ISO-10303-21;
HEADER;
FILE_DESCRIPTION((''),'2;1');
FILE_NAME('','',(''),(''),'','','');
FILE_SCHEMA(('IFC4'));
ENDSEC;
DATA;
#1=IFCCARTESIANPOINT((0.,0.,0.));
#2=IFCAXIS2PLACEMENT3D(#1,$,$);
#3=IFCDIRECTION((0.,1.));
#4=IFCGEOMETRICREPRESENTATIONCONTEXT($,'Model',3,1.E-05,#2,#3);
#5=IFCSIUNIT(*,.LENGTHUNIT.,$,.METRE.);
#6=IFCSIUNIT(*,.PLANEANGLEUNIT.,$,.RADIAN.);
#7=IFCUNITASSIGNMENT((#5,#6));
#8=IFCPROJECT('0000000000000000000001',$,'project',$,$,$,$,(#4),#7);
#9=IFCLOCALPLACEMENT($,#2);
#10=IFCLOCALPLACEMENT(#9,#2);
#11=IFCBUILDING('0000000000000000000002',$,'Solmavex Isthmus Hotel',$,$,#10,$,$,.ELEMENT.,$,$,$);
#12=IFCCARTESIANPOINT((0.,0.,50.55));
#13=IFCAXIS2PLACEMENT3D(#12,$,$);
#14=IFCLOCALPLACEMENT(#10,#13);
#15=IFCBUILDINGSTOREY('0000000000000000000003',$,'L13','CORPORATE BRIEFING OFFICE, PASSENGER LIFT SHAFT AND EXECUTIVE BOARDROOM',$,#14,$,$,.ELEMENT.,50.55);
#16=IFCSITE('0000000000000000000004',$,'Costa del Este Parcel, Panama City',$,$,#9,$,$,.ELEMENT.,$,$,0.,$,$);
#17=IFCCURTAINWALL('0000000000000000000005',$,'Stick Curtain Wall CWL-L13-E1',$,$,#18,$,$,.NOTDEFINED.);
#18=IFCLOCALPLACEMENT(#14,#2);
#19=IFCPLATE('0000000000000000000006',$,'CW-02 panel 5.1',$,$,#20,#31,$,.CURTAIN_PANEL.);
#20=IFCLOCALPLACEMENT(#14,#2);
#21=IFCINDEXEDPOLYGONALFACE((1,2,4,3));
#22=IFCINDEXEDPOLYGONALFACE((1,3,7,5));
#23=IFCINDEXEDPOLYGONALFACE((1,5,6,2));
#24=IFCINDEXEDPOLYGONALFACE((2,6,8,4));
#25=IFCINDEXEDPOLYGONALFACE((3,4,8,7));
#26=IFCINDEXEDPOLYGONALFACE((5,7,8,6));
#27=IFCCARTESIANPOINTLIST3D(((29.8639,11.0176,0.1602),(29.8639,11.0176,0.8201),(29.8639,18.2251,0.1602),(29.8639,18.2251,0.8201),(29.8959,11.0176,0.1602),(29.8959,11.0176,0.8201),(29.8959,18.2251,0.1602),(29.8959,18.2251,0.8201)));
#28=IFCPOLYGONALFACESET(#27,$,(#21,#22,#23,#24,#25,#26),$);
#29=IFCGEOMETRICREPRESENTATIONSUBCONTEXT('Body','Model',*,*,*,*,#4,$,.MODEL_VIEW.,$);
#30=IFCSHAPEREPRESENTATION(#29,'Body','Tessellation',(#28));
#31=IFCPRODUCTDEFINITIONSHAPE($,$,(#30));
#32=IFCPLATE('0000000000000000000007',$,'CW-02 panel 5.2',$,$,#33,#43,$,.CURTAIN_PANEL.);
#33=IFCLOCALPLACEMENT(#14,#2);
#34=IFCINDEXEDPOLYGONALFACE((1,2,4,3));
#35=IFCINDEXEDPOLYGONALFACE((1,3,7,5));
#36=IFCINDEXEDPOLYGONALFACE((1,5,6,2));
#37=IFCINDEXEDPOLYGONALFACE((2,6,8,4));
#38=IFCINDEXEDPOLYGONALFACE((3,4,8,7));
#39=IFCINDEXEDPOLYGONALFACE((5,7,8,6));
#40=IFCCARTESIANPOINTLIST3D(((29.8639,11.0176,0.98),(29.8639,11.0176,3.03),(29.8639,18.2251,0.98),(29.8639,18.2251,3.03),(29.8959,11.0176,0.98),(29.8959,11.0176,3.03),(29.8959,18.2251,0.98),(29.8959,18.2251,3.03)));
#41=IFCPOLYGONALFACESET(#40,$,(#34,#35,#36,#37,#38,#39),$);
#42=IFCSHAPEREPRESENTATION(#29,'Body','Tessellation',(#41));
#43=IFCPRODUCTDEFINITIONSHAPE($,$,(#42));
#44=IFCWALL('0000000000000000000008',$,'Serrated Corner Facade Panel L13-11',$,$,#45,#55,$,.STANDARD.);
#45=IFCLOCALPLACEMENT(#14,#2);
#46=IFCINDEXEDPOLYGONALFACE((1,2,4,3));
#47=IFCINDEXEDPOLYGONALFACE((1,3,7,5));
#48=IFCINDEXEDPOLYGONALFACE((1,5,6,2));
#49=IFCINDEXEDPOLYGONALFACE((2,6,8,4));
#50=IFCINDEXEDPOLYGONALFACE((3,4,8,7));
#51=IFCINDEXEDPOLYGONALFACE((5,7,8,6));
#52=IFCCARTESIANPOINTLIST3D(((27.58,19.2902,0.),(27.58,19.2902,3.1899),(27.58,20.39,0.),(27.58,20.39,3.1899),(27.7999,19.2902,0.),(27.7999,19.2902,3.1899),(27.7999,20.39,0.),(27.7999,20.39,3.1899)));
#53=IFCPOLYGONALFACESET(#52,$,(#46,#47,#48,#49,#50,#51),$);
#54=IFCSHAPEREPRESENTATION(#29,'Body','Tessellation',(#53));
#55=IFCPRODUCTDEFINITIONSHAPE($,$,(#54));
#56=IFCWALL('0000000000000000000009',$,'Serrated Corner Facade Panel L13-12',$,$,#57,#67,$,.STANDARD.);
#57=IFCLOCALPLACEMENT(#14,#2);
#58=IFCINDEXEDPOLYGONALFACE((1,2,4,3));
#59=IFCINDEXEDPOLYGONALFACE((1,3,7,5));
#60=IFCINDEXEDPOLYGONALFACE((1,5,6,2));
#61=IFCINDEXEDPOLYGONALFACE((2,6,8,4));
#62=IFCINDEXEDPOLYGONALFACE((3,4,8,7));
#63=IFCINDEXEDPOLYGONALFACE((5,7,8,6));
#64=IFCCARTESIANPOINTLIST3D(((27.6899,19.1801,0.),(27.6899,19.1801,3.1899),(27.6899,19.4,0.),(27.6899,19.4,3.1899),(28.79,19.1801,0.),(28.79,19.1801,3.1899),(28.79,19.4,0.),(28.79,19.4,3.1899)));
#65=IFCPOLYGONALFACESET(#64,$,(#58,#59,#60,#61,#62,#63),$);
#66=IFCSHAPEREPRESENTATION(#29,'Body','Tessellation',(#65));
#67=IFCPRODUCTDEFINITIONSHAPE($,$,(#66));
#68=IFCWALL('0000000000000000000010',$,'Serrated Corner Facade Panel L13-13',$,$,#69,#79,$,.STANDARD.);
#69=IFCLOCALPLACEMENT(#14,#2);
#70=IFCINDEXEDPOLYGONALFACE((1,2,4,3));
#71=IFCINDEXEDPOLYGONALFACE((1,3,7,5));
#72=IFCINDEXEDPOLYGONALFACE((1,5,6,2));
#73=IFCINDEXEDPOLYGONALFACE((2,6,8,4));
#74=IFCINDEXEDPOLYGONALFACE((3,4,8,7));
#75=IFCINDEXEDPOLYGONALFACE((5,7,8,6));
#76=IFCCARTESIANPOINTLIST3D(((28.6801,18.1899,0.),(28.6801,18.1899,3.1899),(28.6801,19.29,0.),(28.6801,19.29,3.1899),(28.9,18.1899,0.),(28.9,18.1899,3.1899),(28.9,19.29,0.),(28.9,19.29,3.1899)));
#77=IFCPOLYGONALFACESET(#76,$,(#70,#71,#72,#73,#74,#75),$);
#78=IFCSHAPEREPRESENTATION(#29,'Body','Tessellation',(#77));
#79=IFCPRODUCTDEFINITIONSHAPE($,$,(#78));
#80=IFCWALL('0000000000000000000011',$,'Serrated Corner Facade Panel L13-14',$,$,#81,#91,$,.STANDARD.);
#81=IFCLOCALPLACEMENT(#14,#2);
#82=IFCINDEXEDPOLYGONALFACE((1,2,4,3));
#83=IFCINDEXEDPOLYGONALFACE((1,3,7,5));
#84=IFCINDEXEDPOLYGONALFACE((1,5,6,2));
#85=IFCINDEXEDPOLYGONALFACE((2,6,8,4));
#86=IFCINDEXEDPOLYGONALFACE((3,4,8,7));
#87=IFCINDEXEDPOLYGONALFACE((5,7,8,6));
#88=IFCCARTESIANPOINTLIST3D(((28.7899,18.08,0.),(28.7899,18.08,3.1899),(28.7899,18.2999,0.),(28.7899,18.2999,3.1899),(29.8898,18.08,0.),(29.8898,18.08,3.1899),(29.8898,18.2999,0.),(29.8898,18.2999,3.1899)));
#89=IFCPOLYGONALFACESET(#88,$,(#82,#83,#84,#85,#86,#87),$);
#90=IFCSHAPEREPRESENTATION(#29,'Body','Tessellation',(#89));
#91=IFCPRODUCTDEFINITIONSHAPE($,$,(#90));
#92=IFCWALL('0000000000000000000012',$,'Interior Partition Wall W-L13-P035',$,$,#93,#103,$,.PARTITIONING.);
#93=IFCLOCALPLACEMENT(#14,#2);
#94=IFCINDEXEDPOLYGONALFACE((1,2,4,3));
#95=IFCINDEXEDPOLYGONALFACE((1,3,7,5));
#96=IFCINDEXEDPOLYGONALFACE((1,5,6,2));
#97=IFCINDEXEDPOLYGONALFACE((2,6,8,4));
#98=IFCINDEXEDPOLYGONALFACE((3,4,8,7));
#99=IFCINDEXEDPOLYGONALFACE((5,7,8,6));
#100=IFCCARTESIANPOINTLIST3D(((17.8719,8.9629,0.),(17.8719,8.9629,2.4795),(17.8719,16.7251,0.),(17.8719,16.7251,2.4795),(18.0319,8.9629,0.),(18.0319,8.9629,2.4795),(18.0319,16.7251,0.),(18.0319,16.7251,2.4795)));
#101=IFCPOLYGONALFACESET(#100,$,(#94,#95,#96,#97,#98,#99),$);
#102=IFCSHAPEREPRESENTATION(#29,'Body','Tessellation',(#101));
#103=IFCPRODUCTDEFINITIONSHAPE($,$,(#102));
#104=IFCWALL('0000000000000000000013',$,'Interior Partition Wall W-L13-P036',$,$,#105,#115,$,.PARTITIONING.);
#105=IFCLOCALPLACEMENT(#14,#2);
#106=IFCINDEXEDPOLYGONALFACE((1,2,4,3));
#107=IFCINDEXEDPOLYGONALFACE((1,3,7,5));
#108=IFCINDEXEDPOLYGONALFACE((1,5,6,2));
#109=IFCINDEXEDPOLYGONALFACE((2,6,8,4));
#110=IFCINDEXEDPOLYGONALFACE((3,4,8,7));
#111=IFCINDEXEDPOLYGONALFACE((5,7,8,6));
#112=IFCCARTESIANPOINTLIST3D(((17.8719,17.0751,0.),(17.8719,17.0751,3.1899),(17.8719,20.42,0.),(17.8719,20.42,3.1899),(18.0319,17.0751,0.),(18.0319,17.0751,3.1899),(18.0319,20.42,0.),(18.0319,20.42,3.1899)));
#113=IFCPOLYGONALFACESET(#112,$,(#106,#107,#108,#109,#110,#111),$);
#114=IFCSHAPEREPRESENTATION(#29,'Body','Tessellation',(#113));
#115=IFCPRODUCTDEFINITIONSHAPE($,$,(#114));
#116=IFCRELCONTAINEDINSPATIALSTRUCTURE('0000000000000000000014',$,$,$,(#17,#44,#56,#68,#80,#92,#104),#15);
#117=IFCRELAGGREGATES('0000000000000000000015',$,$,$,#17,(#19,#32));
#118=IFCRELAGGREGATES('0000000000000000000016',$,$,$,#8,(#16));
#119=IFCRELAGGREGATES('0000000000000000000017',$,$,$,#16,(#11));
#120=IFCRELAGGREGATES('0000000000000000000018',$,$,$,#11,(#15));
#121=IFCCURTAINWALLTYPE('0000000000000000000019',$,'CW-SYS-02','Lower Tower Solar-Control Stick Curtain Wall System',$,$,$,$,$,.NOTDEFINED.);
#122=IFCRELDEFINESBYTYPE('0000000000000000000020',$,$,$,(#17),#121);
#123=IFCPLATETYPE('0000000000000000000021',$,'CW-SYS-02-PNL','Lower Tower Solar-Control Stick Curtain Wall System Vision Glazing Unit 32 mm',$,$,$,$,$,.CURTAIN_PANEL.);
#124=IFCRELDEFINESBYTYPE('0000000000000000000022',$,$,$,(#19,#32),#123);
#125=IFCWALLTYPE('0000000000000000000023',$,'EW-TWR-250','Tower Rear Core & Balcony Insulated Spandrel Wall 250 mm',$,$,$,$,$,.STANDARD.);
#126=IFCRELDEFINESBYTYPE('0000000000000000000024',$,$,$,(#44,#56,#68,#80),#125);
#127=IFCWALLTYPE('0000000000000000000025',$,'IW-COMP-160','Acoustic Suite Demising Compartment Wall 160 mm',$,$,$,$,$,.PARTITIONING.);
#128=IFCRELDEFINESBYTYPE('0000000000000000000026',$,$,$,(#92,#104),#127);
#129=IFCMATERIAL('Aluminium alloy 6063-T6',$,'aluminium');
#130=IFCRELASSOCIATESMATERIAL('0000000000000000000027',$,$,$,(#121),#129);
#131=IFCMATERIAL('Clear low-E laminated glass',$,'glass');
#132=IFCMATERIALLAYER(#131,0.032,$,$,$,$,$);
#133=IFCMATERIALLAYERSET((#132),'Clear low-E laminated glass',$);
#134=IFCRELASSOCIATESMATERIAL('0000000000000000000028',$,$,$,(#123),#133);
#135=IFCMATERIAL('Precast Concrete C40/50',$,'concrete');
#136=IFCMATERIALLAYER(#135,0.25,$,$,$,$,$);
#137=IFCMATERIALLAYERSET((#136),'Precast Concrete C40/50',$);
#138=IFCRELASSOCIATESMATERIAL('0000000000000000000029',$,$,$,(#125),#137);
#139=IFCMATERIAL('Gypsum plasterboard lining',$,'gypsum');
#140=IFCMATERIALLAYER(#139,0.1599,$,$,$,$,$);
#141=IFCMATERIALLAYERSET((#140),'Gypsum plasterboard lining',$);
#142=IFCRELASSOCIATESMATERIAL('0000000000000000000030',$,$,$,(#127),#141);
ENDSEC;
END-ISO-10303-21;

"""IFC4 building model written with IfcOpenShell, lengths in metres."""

from ifc_helpers import new_model, si_unit, direction, frame, frame_2d, origin, origin_2d, place, context, subcontext, project, spatial, rectangle, extrude, material, layer, layer_set, type_object, element, aggregate, save


model = new_model("IFC4")

# Units and contexts
model_context = context("Model", 3, precision=1e-05, world=origin(), true_north=direction((0.0, 1.0)))
body_context = subcontext(model_context, "Body", "Model", "MODEL_VIEW")
ifc_project = project(units=[si_unit("LENGTHUNIT", "METRE"), si_unit("PLANEANGLEUNIT", "RADIAN")], contexts=[model_context])

# Site, building, storey
site_placement = place(None, origin())
site = spatial("IfcSite", under=ifc_project, at=site_placement, Name="Costa del Este Parcel, Panama City", CompositionType="ELEMENT", RefElevation=0.0)
building_placement = place(site_placement, origin())
building = spatial("IfcBuilding", under=site, at=building_placement, Name="Solmavex Isthmus Hotel", CompositionType="ELEMENT")
storey_placement = place(building_placement, frame((0.0, 0.0, 50.55)))
storey = spatial("IfcBuildingStorey", under=building, at=storey_placement, Name="L13", Description="CORPORATE BRIEFING OFFICE, PASSENGER LIFT SHAFT AND EXECUTIVE BOARDROOM", CompositionType="ELEMENT", Elevation=50.55)

# Curtain wall
ifc_material_1 = material(Name="Aluminium alloy 6063-T6", Category="aluminium")
curtain_wall_type = type_object("IfcCurtainWallType", Name="CW-SYS-02", Description="Lower Tower Solar-Control Stick Curtain Wall System", PredefinedType="NOTDEFINED", material=ifc_material_1)
curtain_wall_1_placement = place(storey_placement, origin())
curtain_wall_1 = element("IfcCurtainWall", 1, at=curtain_wall_1_placement, inside=storey, type_object=curtain_wall_type, Name="Stick Curtain Wall CWL-L13-E1", PredefinedType="NOTDEFINED")

# Plates
ifc_material_2 = material(Name="Clear low-E laminated glass", Category="glass")
ifc_layer_1 = layer(ifc_material_2, 0.032)
ifc_layer_set_1 = layer_set([ifc_layer_1], Name="Clear low-E laminated glass")
plate_type = type_object("IfcPlateType", Name="CW-SYS-02-PNL", Description="Lower Tower Solar-Control Stick Curtain Wall System Vision Glazing Unit 32 mm", PredefinedType="CURTAIN_PANEL", material=ifc_layer_set_1)
plate_1_placement = place(storey_placement, frame((29.8799, 14.6213, 0.1602), z_axis=(0.0, 0.0, 1.0), x_axis=(0.0, 1.0, 0.0)))
plate_1 = element("IfcPlate", 2, at=plate_1_placement, type_object=plate_type, Name="CW-02 panel 5.1", PredefinedType="CURTAIN_PANEL", context=body_context, shape_type="SweptSolid", body=[
    extrude(rectangle(XDim=7.2075, YDim=0.032, at=origin_2d()), origin(), (0.0, 0.0, 1.0), 0.6599),
])
plate_2_placement = place(storey_placement, frame((29.8799, 14.6213, 0.98), z_axis=(0.0, 0.0, 1.0), x_axis=(0.0, 1.0, 0.0)))
plate_2 = element("IfcPlate", 3, at=plate_2_placement, type_object=plate_type, Name="CW-02 panel 5.2", PredefinedType="CURTAIN_PANEL", context=body_context, shape_type="SweptSolid", body=[
    extrude(rectangle(XDim=7.2075, YDim=0.032, at=origin_2d()), origin(), (0.0, 0.0, 1.0), 2.05),
])
aggregate(curtain_wall_1, [plate_1, plate_2])

# Walls
ifc_material_3 = material(Name="Precast Concrete C40/50", Category="concrete")
ifc_layer_2 = layer(ifc_material_3, 0.25)
ifc_layer_set_2 = layer_set([ifc_layer_2], Name="Precast Concrete C40/50")
wall_type_1 = type_object("IfcWallType", Name="EW-TWR-250", Description="Tower Rear Core & Balcony Insulated Spandrel Wall 250 mm", PredefinedType="STANDARD", material=ifc_layer_set_2)
wall_1_placement = place(storey_placement, frame((27.6899, 20.3899, 0.0), z_axis=(0.0, 0.0, 1.0), x_axis=(0.0, -1.0, 0.0)))
element("IfcWall", 4, at=wall_1_placement, inside=storey, type_object=wall_type_1, Name="Serrated Corner Facade Panel L13-11", PredefinedType="STANDARD", context=body_context, shape_type="SweptSolid", body=[
    extrude(rectangle(XDim=1.0999, YDim=0.22, at=frame_2d((0.5498, 0.0))), origin(), (0.0, 0.0, 1.0), 3.1899),
])
for number, where, z_axis, x_axis, name in (
    (5, (27.6899, 19.29, 0.0), (0.0, 0.0, 1.0), (1.0, 0.0, 0.0), "Serrated Corner Facade Panel L13-12"),
    (6, (28.79, 19.29, 0.0), (0.0, 0.0, 1.0), (0.0, -1.0, 0.0), "Serrated Corner Facade Panel L13-13"),
):
    element("IfcWall", number, at=place(storey_placement, frame(where, z_axis=z_axis, x_axis=x_axis)), inside=storey, type_object=wall_type_1, Name=name, PredefinedType="STANDARD", context=body_context, shape_type="SweptSolid", body=[
        extrude(rectangle(XDim=1.1001, YDim=0.22, at=frame_2d((0.55, 0.0))), origin(), (0.0, 0.0, 1.0), 3.1899),
    ])
wall_2_placement = place(storey_placement, frame((28.79, 18.1899, 0.0), z_axis=(0.0, 0.0, 1.0), x_axis=(1.0, 0.0, 0.0)))
element("IfcWall", 7, at=wall_2_placement, inside=storey, type_object=wall_type_1, Name="Serrated Corner Facade Panel L13-14", PredefinedType="STANDARD", context=body_context, shape_type="SweptSolid", body=[
    extrude(rectangle(XDim=1.0999, YDim=0.22, at=frame_2d((0.5498, 0.0))), origin(), (0.0, 0.0, 1.0), 3.1899),
])
ifc_material_4 = material(Name="Gypsum plasterboard lining", Category="gypsum")
ifc_layer_3 = layer(ifc_material_4, 0.1599)
ifc_layer_set_3 = layer_set([ifc_layer_3], Name="Gypsum plasterboard lining")
wall_type_2 = type_object("IfcWallType", Name="IW-COMP-160", Description="Acoustic Suite Demising Compartment Wall 160 mm", PredefinedType="PARTITIONING", material=ifc_layer_set_3)
wall_3_placement = place(storey_placement, frame((17.9519, 16.7251, 0.0), z_axis=(0.0, 0.0, 1.0), x_axis=(0.0, -1.0, 0.0)))
element("IfcWall", 8, at=wall_3_placement, inside=storey, type_object=wall_type_2, Name="Interior Partition Wall W-L13-P035", PredefinedType="PARTITIONING", context=body_context, shape_type="SweptSolid", body=[
    extrude(rectangle(XDim=7.7622, YDim=0.1599, at=frame_2d((3.8811, 0.0))), origin(), (0.0, 0.0, 1.0), 2.4795),
])
wall_4_placement = place(storey_placement, frame((17.9519, 20.4199, 0.0), z_axis=(0.0, 0.0, 1.0), x_axis=(0.0, -1.0, 0.0)))
element("IfcWall", 9, at=wall_4_placement, inside=storey, type_object=wall_type_2, Name="Interior Partition Wall W-L13-P036", PredefinedType="PARTITIONING", context=body_context, shape_type="SweptSolid", body=[
    extrude(rectangle(XDim=3.345, YDim=0.1599, at=frame_2d((1.6724, 0.0))), origin(), (0.0, 0.0, 1.0), 3.1899),
])

save(model, "model.ifc")
